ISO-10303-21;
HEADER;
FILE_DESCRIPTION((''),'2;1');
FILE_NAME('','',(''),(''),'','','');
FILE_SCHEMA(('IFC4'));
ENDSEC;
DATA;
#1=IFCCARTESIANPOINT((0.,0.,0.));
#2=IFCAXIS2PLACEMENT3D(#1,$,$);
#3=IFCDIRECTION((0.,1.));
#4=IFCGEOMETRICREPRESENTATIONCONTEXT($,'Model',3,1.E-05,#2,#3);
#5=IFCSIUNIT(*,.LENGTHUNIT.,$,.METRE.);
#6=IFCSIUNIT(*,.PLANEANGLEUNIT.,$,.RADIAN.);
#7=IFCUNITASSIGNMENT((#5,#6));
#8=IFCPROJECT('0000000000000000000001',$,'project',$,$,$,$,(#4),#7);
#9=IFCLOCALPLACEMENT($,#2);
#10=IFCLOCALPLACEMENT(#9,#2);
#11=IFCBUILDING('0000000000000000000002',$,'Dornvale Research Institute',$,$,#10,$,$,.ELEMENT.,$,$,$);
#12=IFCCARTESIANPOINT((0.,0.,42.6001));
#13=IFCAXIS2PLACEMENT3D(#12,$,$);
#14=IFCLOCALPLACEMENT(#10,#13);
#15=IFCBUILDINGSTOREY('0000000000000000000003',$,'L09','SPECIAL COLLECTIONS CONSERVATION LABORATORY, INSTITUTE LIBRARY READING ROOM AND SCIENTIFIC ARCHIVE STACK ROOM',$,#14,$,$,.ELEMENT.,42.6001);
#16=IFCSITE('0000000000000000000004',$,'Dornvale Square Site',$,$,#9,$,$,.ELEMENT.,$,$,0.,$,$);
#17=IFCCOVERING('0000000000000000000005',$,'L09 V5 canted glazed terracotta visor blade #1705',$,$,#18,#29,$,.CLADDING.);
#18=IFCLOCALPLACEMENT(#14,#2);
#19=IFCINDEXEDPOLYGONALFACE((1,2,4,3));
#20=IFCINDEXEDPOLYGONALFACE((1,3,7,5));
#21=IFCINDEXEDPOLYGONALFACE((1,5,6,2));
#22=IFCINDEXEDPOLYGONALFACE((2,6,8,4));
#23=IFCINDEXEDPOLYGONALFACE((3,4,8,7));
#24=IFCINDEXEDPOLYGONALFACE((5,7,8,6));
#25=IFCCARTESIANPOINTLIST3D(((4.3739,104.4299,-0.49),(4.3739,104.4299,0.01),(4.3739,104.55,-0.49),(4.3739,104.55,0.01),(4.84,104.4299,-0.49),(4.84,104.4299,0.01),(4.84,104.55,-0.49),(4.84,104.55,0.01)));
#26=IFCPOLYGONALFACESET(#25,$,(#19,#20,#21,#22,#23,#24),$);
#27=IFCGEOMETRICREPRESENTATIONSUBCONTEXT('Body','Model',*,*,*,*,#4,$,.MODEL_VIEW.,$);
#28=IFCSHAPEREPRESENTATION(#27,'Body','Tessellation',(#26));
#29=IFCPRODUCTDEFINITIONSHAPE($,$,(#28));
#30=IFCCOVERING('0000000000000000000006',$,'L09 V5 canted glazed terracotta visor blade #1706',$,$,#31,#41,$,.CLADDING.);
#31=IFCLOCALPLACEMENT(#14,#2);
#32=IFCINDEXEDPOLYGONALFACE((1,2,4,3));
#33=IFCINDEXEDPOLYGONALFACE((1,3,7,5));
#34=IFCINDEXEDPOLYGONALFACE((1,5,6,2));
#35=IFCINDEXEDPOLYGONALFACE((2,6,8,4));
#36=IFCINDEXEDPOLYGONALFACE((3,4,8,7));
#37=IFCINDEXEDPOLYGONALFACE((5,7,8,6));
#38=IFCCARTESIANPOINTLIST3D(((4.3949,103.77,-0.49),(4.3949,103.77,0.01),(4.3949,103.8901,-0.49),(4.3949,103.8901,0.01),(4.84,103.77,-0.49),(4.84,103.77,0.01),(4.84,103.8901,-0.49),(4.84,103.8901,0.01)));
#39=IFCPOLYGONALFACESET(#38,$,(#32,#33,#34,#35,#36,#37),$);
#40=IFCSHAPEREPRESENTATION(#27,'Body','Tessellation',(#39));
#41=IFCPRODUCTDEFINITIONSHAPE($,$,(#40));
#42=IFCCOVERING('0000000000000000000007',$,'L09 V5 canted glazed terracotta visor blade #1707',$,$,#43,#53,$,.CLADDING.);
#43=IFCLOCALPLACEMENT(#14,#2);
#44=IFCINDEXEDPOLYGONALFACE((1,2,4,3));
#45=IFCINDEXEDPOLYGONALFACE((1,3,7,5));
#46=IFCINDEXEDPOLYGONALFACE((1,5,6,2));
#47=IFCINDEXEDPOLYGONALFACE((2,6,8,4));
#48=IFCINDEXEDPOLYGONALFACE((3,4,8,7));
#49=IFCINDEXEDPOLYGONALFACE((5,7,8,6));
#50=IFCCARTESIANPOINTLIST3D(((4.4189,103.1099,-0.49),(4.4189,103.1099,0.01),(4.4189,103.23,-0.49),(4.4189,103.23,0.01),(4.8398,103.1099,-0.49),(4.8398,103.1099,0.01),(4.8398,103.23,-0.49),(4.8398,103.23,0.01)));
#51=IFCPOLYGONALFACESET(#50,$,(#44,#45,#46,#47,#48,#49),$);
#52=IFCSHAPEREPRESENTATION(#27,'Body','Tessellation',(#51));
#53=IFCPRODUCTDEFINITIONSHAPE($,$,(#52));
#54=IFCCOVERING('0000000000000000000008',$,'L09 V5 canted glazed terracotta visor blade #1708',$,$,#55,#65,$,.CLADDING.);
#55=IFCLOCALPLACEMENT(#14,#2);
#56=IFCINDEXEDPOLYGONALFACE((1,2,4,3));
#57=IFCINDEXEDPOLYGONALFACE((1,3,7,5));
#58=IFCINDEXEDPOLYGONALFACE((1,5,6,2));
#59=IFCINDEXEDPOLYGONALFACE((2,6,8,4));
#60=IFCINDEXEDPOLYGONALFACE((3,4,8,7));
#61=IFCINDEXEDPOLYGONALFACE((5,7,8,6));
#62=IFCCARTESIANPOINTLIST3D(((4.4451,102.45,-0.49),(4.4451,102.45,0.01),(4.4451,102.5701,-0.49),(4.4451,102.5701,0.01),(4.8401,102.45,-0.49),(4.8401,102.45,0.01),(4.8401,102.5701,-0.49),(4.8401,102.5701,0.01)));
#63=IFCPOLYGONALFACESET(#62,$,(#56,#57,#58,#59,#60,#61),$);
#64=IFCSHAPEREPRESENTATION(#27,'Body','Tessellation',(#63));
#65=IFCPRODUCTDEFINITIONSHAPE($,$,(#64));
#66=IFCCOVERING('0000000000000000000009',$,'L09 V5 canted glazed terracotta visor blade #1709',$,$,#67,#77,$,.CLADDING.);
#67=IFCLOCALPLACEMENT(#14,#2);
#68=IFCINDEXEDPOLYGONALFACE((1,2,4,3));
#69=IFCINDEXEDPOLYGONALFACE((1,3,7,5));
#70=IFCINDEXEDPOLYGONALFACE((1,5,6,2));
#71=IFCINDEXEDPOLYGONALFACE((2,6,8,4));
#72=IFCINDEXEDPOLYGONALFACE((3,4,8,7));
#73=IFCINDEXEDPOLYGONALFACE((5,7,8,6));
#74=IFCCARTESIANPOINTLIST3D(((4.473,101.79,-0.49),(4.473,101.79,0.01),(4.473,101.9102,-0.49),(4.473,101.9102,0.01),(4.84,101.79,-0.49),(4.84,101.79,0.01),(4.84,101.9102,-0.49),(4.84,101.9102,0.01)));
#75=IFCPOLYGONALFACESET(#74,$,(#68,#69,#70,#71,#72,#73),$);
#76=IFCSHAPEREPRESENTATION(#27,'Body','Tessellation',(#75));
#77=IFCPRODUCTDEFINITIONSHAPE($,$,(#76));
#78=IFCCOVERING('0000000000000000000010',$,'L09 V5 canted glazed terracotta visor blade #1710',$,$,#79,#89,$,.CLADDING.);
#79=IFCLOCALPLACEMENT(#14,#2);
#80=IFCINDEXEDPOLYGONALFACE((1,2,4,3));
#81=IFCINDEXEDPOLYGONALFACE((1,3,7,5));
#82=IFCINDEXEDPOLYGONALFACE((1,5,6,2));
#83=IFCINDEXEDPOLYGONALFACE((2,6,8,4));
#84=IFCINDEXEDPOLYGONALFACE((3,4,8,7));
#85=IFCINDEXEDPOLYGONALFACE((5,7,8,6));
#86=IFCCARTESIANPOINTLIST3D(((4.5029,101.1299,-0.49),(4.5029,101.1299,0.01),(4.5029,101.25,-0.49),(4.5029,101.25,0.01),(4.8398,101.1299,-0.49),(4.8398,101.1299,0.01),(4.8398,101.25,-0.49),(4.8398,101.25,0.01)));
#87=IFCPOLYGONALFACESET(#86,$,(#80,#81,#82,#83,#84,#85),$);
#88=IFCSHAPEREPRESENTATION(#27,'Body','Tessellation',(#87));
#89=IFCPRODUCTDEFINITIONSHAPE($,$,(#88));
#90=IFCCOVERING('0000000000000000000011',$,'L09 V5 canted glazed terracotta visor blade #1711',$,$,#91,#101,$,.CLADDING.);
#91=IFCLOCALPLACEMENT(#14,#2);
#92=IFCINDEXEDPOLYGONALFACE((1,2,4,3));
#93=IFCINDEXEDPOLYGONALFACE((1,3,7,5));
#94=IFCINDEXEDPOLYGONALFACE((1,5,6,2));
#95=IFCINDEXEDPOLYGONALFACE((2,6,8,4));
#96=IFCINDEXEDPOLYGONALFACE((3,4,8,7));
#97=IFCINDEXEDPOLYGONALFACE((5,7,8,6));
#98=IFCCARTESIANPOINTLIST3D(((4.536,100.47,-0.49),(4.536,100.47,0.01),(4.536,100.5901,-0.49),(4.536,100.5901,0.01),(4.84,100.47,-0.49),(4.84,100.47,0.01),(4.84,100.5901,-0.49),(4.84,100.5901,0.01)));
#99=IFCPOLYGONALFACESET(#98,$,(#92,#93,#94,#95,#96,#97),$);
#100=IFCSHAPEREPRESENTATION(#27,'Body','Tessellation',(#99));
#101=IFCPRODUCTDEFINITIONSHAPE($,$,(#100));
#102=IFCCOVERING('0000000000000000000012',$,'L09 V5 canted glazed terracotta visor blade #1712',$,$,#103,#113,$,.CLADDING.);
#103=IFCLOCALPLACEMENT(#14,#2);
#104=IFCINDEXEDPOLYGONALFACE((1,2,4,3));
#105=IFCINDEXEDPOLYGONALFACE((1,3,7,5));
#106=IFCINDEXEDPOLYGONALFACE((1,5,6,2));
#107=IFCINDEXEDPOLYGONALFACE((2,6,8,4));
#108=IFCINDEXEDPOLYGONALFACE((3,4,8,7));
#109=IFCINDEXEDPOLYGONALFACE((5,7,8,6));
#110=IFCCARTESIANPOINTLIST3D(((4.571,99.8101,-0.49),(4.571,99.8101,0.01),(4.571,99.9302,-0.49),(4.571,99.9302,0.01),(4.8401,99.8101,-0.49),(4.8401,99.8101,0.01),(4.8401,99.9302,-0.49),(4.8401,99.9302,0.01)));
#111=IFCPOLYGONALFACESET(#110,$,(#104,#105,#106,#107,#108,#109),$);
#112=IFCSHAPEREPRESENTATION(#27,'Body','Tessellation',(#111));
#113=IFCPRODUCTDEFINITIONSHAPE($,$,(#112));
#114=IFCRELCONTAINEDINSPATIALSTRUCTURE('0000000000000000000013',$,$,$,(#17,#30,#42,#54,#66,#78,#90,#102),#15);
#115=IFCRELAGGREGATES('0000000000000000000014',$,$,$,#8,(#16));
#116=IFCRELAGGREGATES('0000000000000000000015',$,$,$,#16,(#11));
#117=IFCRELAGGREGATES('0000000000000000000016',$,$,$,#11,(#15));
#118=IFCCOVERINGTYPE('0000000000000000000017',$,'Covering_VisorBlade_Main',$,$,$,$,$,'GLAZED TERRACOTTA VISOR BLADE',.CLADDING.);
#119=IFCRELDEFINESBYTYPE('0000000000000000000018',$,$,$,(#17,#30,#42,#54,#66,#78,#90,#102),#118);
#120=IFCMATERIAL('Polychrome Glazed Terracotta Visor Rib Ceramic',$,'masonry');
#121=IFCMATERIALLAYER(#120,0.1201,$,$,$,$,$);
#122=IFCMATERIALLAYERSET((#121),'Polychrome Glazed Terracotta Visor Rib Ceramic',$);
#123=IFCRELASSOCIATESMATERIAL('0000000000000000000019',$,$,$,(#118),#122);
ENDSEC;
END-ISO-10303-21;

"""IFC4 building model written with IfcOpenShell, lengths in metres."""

from ifc_helpers import new_model, si_unit, direction, frame, origin, origin_2d, place, context, subcontext, project, spatial, rectangle, extrude, material, layer, layer_set, type_object, element, save


model = new_model("IFC4")

# Units and contexts
model_context = context("Model", 3, precision=1e-05, world=origin(), true_north=direction((0.0, 1.0)))
body_context = subcontext(model_context, "Body", "Model", "MODEL_VIEW")
ifc_project = project(units=[si_unit("LENGTHUNIT", "METRE"), si_unit("PLANEANGLEUNIT", "RADIAN")], contexts=[model_context])

# Site, building, storey
site_placement = place(None, origin())
site = spatial("IfcSite", under=ifc_project, at=site_placement, Name="Dornvale Square Site", CompositionType="ELEMENT", RefElevation=0.0)
building_placement = place(site_placement, origin())
building = spatial("IfcBuilding", under=site, at=building_placement, Name="Dornvale Research Institute", CompositionType="ELEMENT")
storey_placement = place(building_placement, frame((0.0, 0.0, 42.6001)))
storey = spatial("IfcBuildingStorey", under=building, at=storey_placement, Name="L09", Description="SPECIAL COLLECTIONS CONSERVATION LABORATORY, INSTITUTE LIBRARY READING ROOM AND SCIENTIFIC ARCHIVE STACK ROOM", CompositionType="ELEMENT", Elevation=42.6001)

# Coverings
ifc_material_1 = material(Name="Polychrome Glazed Terracotta Visor Rib Ceramic", Category="masonry")
ifc_layer_1 = layer(ifc_material_1, 0.1201)
ifc_layer_set_1 = layer_set([ifc_layer_1], Name="Polychrome Glazed Terracotta Visor Rib Ceramic")
covering_type = type_object("IfcCoveringType", Name="Covering_VisorBlade_Main", ElementType="GLAZED TERRACOTTA VISOR BLADE", PredefinedType="CLADDING", material=ifc_layer_set_1)
covering_1_placement = place(storey_placement, frame((4.6069, 104.49, -0.49), z_axis=(0.0, 0.0, 1.0), x_axis=(1.0, 0.0, 0.0)))
element("IfcCovering", 1, at=covering_1_placement, inside=storey, type_object=covering_type, Name="L09 V5 canted glazed terracotta visor blade #1705", PredefinedType="CLADDING", context=body_context, shape_type="SweptSolid", body=[
    extrude(rectangle(XDim=0.4661, YDim=0.1201, at=origin_2d()), origin(), (0.0, 0.0, 1.0), 0.5),
])
covering_2_placement = place(storey_placement, frame((4.6174, 103.8301, -0.49), z_axis=(0.0, 0.0, 1.0), x_axis=(1.0, 0.0, 0.0)))
element("IfcCovering", 2, at=covering_2_placement, inside=storey, type_object=covering_type, Name="L09 V5 canted glazed terracotta visor blade #1706", PredefinedType="CLADDING", context=body_context, shape_type="SweptSolid", body=[
    extrude(rectangle(XDim=0.4451, YDim=0.1201, at=origin_2d()), origin(), (0.0, 0.0, 1.0), 0.5),
])
covering_3_placement = place(storey_placement, frame((4.6294, 103.1699, -0.49), z_axis=(0.0, 0.0, 1.0), x_axis=(1.0, 0.0, 0.0)))
element("IfcCovering", 3, at=covering_3_placement, inside=storey, type_object=covering_type, Name="L09 V5 canted glazed terracotta visor blade #1707", PredefinedType="CLADDING", context=body_context, shape_type="SweptSolid", body=[
    extrude(rectangle(XDim=0.4209, YDim=0.1201, at=origin_2d()), origin(), (0.0, 0.0, 1.0), 0.5),
])
covering_4_placement = place(storey_placement, frame((4.6426, 102.51, -0.49), z_axis=(0.0, 0.0, 1.0), x_axis=(1.0, 0.0, 0.0)))
element("IfcCovering", 4, at=covering_4_placement, inside=storey, type_object=covering_type, Name="L09 V5 canted glazed terracotta visor blade #1708", PredefinedType="CLADDING", context=body_context, shape_type="SweptSolid", body=[
    extrude(rectangle(XDim=0.395, YDim=0.1201, at=origin_2d()), origin(), (0.0, 0.0, 1.0), 0.5),
])
covering_5_placement = place(storey_placement, frame((4.6565, 101.8501, -0.49), z_axis=(0.0, 0.0, 1.0), x_axis=(1.0, 0.0, 0.0)))
element("IfcCovering", 5, at=covering_5_placement, inside=storey, type_object=covering_type, Name="L09 V5 canted glazed terracotta visor blade #1709", PredefinedType="CLADDING", context=body_context, shape_type="SweptSolid", body=[
    extrude(rectangle(XDim=0.3669, YDim=0.1201, at=origin_2d()), origin(), (0.0, 0.0, 1.0), 0.5),
])
covering_6_placement = place(storey_placement, frame((4.6714, 101.1899, -0.49), z_axis=(0.0, 0.0, 1.0), x_axis=(1.0, 0.0, 0.0)))
element("IfcCovering", 6, at=covering_6_placement, inside=storey, type_object=covering_type, Name="L09 V5 canted glazed terracotta visor blade #1710", PredefinedType="CLADDING", context=body_context, shape_type="SweptSolid", body=[
    extrude(rectangle(XDim=0.3369, YDim=0.1201, at=origin_2d()), origin(), (0.0, 0.0, 1.0), 0.5),
])
covering_7_placement = place(storey_placement, frame((4.688, 100.53, -0.49), z_axis=(0.0, 0.0, 1.0), x_axis=(1.0, 0.0, 0.0)))
element("IfcCovering", 7, at=covering_7_placement, inside=storey, type_object=covering_type, Name="L09 V5 canted glazed terracotta visor blade #1711", PredefinedType="CLADDING", context=body_context, shape_type="SweptSolid", body=[
    extrude(rectangle(XDim=0.304, YDim=0.1201, at=origin_2d()), origin(), (0.0, 0.0, 1.0), 0.5),
])
covering_8_placement = place(storey_placement, frame((4.7056, 99.8701, -0.49), z_axis=(0.0, 0.0, 1.0), x_axis=(1.0, 0.0, 0.0)))
element("IfcCovering", 8, at=covering_8_placement, inside=storey, type_object=covering_type, Name="L09 V5 canted glazed terracotta visor blade #1712", PredefinedType="CLADDING", context=body_context, shape_type="SweptSolid", body=[
    extrude(rectangle(XDim=0.269, YDim=0.1201, at=origin_2d()), origin(), (0.0, 0.0, 1.0), 0.5),
])

save(model, "model.ifc")
